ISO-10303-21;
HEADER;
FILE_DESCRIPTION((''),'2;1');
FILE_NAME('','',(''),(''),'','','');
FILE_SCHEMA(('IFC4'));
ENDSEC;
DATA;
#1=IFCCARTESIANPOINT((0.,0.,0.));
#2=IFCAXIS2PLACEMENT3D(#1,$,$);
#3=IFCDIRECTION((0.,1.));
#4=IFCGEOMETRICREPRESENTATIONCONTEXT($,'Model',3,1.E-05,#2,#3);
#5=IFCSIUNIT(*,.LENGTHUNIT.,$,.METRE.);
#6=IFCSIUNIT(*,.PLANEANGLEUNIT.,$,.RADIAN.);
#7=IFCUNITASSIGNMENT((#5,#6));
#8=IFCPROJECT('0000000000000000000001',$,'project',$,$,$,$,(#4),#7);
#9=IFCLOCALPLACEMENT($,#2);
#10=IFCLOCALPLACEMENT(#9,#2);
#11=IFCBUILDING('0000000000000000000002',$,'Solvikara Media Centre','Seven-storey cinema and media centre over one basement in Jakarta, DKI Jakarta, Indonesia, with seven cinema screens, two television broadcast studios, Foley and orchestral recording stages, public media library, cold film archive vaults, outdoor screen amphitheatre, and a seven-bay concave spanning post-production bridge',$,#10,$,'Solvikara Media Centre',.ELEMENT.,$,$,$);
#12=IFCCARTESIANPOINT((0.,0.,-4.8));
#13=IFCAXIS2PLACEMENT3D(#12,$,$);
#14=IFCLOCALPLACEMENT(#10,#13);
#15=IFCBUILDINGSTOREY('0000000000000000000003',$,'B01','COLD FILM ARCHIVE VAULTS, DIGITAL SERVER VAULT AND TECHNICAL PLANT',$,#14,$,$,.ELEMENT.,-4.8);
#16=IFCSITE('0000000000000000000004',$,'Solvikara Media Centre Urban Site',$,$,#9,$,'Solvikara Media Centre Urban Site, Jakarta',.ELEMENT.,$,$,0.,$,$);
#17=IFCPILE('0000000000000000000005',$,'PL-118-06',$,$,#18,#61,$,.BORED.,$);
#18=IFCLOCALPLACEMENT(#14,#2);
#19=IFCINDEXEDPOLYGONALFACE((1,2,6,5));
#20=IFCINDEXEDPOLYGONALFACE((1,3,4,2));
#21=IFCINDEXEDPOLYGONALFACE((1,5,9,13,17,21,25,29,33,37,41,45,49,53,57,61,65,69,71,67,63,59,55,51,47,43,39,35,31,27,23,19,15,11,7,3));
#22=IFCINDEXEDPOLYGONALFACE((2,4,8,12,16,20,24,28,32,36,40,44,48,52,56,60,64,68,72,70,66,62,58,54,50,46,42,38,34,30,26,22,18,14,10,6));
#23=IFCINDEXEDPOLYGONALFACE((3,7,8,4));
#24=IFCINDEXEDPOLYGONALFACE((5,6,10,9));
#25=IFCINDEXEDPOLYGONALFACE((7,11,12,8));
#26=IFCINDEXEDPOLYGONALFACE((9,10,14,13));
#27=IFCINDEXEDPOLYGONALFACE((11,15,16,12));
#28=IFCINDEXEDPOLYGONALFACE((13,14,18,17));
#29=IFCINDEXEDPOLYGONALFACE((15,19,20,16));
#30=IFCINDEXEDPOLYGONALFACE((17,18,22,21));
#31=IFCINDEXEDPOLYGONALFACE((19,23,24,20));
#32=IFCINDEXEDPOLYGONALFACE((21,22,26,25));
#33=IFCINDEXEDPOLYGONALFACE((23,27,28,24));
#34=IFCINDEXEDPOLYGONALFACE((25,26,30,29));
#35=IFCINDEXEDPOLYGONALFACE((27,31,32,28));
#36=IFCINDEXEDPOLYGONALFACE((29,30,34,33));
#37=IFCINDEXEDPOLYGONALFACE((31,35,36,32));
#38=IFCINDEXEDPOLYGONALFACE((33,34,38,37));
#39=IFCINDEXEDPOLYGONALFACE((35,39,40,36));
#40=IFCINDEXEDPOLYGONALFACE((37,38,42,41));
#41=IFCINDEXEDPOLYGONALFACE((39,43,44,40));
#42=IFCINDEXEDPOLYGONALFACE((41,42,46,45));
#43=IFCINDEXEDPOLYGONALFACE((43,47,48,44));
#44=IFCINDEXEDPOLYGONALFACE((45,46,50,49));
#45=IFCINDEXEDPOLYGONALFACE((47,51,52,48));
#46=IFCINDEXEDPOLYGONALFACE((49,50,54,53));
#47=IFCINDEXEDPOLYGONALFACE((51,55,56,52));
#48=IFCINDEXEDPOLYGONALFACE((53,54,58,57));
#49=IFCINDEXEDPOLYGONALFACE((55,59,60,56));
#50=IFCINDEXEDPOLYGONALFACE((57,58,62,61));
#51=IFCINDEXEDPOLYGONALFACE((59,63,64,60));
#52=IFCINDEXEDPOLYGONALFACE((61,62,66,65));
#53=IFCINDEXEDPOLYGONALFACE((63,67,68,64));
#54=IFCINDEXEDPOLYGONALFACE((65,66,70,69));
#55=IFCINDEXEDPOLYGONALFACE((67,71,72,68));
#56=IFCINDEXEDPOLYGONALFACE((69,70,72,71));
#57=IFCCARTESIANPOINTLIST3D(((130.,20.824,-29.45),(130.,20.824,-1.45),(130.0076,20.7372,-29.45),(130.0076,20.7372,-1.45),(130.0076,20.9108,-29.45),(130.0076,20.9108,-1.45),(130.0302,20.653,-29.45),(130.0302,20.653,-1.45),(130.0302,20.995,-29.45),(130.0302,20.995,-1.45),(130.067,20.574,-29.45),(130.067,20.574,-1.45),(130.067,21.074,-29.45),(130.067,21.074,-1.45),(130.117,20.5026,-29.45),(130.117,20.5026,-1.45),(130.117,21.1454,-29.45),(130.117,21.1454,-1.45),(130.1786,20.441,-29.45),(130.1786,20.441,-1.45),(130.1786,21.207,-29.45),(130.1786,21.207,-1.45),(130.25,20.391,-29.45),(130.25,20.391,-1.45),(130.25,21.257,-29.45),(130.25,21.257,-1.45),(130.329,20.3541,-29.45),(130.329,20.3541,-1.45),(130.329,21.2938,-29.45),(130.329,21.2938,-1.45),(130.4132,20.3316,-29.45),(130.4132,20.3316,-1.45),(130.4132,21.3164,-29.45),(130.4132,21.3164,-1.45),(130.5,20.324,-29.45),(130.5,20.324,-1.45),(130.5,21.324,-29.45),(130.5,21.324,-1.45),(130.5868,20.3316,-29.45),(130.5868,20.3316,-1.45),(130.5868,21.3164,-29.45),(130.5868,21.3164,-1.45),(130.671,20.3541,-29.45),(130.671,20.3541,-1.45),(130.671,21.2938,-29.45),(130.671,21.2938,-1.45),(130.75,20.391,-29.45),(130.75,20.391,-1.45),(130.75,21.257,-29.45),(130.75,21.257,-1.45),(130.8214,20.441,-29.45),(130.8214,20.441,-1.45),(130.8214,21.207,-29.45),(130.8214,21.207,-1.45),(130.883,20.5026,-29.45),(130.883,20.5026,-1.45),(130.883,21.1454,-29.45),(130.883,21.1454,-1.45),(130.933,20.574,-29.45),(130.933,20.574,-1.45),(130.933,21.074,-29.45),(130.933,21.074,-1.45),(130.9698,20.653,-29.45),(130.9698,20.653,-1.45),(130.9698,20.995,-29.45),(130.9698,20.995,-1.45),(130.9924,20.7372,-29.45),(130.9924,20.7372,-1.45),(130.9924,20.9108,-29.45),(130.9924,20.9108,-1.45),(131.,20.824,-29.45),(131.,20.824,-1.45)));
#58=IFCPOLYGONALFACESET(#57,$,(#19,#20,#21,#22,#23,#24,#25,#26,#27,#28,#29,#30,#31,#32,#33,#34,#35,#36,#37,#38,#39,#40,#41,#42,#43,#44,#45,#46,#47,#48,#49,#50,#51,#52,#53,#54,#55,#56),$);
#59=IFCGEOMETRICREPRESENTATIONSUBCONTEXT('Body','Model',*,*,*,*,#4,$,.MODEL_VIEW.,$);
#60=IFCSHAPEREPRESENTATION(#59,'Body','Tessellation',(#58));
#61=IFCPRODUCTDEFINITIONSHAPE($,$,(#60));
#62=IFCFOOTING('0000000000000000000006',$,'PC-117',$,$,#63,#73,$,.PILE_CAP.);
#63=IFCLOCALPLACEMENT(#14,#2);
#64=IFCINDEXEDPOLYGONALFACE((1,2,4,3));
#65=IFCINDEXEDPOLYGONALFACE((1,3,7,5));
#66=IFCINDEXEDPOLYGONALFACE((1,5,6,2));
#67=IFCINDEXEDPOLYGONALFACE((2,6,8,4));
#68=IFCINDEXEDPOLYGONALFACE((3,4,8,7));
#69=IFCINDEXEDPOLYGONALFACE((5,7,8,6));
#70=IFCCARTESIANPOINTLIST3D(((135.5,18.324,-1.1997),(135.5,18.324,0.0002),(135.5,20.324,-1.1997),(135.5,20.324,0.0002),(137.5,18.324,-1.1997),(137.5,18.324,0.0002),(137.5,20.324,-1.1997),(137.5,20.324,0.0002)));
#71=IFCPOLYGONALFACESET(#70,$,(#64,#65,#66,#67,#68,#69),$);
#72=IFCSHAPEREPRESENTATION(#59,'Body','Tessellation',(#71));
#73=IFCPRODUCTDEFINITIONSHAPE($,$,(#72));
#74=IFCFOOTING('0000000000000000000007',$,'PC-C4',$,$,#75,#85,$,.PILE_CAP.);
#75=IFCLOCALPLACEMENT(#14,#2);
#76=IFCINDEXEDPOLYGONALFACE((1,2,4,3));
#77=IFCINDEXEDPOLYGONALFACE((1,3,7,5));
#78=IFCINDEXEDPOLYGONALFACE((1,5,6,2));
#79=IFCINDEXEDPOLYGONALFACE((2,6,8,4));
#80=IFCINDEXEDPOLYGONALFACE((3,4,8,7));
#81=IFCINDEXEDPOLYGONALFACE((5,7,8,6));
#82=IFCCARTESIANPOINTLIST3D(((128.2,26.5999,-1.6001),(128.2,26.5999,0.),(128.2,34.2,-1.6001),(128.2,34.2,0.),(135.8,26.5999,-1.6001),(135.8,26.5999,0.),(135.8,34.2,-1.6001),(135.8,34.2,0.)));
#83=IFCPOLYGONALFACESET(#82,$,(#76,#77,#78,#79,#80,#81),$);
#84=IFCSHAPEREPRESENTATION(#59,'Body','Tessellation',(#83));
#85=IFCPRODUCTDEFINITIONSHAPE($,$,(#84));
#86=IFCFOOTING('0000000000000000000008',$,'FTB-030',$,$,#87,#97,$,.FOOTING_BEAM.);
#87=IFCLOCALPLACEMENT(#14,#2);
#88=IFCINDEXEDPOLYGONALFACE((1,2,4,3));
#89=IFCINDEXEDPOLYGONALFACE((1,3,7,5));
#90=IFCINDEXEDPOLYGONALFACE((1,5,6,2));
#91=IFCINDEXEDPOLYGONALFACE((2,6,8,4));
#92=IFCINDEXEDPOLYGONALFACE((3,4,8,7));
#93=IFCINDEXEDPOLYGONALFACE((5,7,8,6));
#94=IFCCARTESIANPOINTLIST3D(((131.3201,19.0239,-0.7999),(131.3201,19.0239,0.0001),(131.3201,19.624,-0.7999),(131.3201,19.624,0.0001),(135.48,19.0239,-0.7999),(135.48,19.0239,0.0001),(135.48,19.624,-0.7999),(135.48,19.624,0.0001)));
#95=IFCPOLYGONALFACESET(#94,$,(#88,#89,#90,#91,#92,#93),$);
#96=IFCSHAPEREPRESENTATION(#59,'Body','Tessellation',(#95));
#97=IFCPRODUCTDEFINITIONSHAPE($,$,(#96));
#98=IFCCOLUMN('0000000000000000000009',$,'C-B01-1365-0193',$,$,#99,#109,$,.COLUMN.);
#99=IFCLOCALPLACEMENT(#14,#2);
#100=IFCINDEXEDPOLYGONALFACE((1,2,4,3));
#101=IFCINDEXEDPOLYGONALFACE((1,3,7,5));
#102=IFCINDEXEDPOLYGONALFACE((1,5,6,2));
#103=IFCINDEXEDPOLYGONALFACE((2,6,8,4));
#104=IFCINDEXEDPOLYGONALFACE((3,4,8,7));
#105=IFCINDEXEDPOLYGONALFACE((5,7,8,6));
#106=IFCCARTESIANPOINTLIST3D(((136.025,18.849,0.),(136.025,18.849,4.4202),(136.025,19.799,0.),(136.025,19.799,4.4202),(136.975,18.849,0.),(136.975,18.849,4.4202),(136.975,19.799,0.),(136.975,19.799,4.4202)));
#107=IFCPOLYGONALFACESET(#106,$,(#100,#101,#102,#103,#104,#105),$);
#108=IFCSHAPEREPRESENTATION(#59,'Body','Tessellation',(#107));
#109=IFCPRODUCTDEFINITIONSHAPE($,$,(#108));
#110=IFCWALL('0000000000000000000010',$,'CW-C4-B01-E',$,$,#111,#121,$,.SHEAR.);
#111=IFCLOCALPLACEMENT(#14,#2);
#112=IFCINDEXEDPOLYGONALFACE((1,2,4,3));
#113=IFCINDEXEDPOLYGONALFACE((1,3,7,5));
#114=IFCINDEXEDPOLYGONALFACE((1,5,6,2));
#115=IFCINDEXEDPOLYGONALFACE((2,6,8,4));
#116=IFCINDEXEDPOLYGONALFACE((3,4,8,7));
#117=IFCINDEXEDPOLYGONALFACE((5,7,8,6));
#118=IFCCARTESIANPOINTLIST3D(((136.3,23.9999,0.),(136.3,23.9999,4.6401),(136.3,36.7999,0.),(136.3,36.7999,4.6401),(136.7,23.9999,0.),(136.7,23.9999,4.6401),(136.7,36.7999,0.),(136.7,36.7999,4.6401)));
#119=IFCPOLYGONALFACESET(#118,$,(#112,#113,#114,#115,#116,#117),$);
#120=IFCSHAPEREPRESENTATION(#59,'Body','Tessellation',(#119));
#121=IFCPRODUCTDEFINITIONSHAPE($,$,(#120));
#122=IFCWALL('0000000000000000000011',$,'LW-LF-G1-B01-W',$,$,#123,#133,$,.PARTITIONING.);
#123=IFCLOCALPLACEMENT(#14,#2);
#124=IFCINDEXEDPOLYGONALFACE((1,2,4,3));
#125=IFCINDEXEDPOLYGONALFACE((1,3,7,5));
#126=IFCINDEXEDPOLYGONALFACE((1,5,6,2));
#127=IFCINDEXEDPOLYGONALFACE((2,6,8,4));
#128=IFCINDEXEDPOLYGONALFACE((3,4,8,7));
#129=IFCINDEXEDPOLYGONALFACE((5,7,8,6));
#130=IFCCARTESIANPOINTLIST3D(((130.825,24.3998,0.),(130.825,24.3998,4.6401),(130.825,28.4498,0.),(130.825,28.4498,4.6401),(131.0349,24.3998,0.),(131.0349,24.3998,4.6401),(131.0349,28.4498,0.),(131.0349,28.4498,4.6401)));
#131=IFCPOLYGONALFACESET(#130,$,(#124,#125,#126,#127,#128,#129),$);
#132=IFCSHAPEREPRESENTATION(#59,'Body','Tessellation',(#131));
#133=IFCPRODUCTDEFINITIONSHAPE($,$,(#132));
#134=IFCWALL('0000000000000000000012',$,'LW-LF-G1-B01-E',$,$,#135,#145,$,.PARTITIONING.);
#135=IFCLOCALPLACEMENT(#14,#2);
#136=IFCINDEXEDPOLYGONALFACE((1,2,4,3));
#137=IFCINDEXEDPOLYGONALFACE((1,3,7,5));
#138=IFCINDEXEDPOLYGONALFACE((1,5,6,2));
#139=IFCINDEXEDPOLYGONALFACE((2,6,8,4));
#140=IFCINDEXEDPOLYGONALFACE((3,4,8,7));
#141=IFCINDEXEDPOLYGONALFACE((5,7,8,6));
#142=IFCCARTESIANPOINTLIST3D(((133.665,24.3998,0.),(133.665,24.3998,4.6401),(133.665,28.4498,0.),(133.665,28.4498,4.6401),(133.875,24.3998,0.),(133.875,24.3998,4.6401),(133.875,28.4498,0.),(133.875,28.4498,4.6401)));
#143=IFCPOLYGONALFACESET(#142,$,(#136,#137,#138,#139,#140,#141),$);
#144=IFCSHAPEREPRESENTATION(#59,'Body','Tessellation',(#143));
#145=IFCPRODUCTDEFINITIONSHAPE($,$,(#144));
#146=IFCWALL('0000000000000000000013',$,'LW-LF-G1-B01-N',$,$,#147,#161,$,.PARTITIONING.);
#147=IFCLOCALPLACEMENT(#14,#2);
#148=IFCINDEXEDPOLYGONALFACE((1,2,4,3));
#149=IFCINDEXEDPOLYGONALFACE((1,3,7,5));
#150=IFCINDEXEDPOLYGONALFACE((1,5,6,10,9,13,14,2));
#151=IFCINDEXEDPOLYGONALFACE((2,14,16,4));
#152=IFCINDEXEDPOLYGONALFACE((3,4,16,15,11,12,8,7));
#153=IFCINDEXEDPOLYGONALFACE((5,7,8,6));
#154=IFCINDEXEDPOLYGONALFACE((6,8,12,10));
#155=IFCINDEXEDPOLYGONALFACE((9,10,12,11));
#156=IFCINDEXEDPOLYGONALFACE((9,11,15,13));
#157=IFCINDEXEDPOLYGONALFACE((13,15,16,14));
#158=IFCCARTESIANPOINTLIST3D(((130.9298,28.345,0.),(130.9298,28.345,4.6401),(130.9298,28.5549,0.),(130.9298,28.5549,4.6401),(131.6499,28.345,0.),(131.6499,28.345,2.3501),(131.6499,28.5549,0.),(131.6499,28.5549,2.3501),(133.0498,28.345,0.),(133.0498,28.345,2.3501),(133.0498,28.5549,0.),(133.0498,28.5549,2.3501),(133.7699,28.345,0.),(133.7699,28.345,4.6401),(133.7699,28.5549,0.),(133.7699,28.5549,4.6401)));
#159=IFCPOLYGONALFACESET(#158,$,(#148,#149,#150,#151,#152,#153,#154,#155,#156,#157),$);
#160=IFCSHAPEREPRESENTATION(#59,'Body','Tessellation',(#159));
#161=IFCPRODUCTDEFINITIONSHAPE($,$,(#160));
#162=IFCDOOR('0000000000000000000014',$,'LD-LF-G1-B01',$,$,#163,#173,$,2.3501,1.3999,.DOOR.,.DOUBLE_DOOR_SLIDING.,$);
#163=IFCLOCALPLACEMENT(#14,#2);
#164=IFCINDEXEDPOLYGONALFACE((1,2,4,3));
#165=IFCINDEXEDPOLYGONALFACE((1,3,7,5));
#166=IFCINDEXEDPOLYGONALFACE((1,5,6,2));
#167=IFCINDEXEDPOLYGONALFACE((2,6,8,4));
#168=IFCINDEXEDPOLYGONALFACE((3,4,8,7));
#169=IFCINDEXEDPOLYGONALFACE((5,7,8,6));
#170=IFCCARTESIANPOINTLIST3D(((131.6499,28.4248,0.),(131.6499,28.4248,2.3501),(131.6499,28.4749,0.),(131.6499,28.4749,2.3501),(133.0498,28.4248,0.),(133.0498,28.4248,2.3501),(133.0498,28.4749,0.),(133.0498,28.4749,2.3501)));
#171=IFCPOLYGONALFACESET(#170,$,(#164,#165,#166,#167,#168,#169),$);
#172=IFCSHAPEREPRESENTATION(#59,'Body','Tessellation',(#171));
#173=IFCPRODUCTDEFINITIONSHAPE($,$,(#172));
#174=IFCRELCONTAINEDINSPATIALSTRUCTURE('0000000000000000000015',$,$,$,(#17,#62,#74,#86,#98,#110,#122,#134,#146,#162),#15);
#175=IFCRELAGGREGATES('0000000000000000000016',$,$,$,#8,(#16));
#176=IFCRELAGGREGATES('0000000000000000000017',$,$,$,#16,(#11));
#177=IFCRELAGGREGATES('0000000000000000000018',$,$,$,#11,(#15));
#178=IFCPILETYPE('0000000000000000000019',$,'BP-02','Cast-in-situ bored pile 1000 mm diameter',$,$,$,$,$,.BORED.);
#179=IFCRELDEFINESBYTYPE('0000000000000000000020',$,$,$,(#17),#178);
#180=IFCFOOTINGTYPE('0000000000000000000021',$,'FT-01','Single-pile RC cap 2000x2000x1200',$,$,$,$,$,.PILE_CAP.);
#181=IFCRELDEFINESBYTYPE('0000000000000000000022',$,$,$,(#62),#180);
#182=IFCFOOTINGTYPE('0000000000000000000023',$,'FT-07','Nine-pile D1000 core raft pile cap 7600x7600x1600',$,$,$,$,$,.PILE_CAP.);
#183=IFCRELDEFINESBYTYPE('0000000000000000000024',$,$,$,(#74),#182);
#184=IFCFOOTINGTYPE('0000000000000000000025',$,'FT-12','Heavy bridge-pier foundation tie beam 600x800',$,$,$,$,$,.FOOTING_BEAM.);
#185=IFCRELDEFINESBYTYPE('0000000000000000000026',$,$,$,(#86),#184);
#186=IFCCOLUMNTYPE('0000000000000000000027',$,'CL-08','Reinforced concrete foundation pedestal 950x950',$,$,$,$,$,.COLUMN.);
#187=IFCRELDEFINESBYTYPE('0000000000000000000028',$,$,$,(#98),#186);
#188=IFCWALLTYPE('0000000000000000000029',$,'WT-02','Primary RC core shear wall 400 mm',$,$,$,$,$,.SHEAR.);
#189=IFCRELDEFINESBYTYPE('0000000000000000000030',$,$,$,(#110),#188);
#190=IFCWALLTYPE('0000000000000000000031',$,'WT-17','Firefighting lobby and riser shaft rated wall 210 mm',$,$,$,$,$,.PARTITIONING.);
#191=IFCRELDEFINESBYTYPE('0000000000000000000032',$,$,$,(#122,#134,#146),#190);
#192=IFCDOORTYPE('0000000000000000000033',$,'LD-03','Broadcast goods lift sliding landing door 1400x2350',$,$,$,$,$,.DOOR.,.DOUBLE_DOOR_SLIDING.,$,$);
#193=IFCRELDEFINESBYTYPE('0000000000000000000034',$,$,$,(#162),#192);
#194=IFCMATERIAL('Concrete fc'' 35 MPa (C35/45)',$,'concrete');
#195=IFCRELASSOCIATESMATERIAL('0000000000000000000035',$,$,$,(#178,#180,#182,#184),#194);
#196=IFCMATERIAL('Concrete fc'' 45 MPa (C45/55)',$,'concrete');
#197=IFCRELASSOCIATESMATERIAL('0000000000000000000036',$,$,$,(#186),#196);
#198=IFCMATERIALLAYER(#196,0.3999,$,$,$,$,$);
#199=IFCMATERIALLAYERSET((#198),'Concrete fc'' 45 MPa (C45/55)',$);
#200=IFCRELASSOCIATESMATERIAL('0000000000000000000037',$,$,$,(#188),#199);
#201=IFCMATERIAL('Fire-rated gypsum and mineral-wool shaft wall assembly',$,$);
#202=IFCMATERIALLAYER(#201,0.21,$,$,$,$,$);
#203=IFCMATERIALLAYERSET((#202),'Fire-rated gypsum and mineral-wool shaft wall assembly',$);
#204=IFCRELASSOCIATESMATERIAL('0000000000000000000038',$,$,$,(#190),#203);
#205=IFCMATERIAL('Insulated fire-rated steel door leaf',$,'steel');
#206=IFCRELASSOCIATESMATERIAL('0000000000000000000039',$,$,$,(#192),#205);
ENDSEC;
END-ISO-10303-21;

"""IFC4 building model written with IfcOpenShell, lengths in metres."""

from ifc_helpers import new_model, si_unit, direction, frame, frame_2d, origin, origin_2d, place, context, subcontext, project, spatial, rectangle, circle, extrude, material, layer, layer_set, material_profile, profile_set, type_object, element, fill, save


model = new_model("IFC4")

# Units and contexts
model_context = context("Model", 3, precision=1e-05, world=origin(), true_north=direction((0.0, 1.0)))
body_context = subcontext(model_context, "Body", "Model", "MODEL_VIEW")
ifc_project = project(units=[si_unit("LENGTHUNIT", "METRE"), si_unit("PLANEANGLEUNIT", "RADIAN")], contexts=[model_context])

# Site, building, storey
site_placement = place(None, origin())
site = spatial("IfcSite", under=ifc_project, at=site_placement, Name="Solvikara Media Centre Urban Site", LongName="Solvikara Media Centre Urban Site, Jakarta", CompositionType="ELEMENT", RefElevation=0.0)
building_placement = place(site_placement, origin())
building = spatial("IfcBuilding", under=site, at=building_placement, Name="Solvikara Media Centre", Description="Seven-storey cinema and media centre over one basement in Jakarta, DKI Jakarta, Indonesia, with seven cinema screens, two television broadcast studios, Foley and orchestral recording stages, public media library, cold film archive vaults, outdoor screen amphitheatre, and a seven-bay concave spanning post-production bridge", LongName="Solvikara Media Centre", CompositionType="ELEMENT")
storey_placement = place(building_placement, frame((0.0, 0.0, -4.8)))
storey = spatial("IfcBuildingStorey", under=building, at=storey_placement, Name="B01", Description="COLD FILM ARCHIVE VAULTS, DIGITAL SERVER VAULT AND TECHNICAL PLANT", CompositionType="ELEMENT", Elevation=-4.8)

# Pile
ifc_material_1 = material(Name="Concrete fc' 35 MPa (C35/45)", Category="concrete")
ifc_material_profile_1 = material_profile(ifc_material_1, circle(Radius=0.5, at=origin_2d()), Name="BORED PILE D1000")
ifc_profile_set_1 = profile_set([ifc_material_profile_1], Name="Concrete fc' 35 MPa (C35/45)")
pile_type_1 = type_object("IfcPileType", Name="BP-02", Description="Cast-in-situ bored pile 1000 mm diameter", PredefinedType="BORED", material=ifc_profile_set_1)
for number, where, z_axis, x_axis, name in (
    (1, (130.5, 20.824, -1.45), (0.0, 0.0, -1.0), (1.0, 0.0, 0.0), "PL-118-06"),
):
    element("IfcPile", number, at=place(storey_placement, frame(where, z_axis=z_axis, x_axis=x_axis)), inside=storey, type_object=pile_type_1, Name=name, PredefinedType="BORED", context=body_context, shape_type="SweptSolid", body=[
        extrude(circle(Radius=0.5, at=origin_2d()), origin(), (0.0, 0.0, 1.0), 28.0),
    ])

# Footings
footing_type_1 = type_object("IfcFootingType", Name="FT-01", Description="Single-pile RC cap 2000x2000x1200", PredefinedType="PILE_CAP", material=ifc_material_1)
footing_1_placement = place(storey_placement, frame((136.5, 19.324, -1.1997), z_axis=(0.0, 0.0, 1.0), x_axis=(1.0, 0.0, 0.0)))
element("IfcFooting", 2, at=footing_1_placement, inside=storey, type_object=footing_type_1, Name="PC-117", PredefinedType="PILE_CAP", context=body_context, shape_type="SweptSolid", body=[
    extrude(rectangle(XDim=2.0, YDim=2.0, at=origin_2d()), origin(), (0.0, 0.0, 1.0), 1.2),
])
footing_type_2 = type_object("IfcFootingType", Name="FT-07", Description="Nine-pile D1000 core raft pile cap 7600x7600x1600", PredefinedType="PILE_CAP", material=ifc_material_1)
footing_2_placement = place(storey_placement, frame((132.0, 30.3999, -1.6001), z_axis=(0.0, 0.0, 1.0), x_axis=(1.0, 0.0, 0.0)))
element("IfcFooting", 3, at=footing_2_placement, inside=storey, type_object=footing_type_2, Name="PC-C4", PredefinedType="PILE_CAP", context=body_context, shape_type="SweptSolid", body=[
    extrude(rectangle(XDim=7.6001, YDim=7.6001, at=origin_2d()), origin(), (0.0, 0.0, 1.0), 1.6001),
])
ifc_material_profile_2 = material_profile(ifc_material_1, rectangle(XDim=0.6001, YDim=0.8, at=origin_2d()), Name="RC 600x800")
ifc_profile_set_2 = profile_set([ifc_material_profile_2], Name="Concrete fc' 35 MPa (C35/45)")
footing_type_3 = type_object("IfcFootingType", Name="FT-12", Description="Heavy bridge-pier foundation tie beam 600x800", PredefinedType="FOOTING_BEAM", material=ifc_profile_set_2)
footing_3_placement = place(storey_placement, frame((131.3201, 19.324, -0.3999), z_axis=(1.0, 0.0, 0.0), x_axis=(0.0, 1.0, 0.0)))
element("IfcFooting", 4, at=footing_3_placement, inside=storey, type_object=footing_type_3, Name="FTB-030", PredefinedType="FOOTING_BEAM", context=body_context, shape_type="SweptSolid", body=[
    extrude(rectangle(XDim=0.6001, YDim=0.8, at=origin_2d()), origin(), (0.0, 0.0, 1.0), 4.1599),
])

# Column
ifc_material_2 = material(Name="Concrete fc' 45 MPa (C45/55)", Category="concrete")
ifc_material_profile_3 = material_profile(ifc_material_2, rectangle(XDim=0.95, YDim=0.95, at=origin_2d()), Name="RC 950x950")
ifc_profile_set_3 = profile_set([ifc_material_profile_3], Name="Concrete fc' 45 MPa (C45/55)")
column_type = type_object("IfcColumnType", Name="CL-08", Description="Reinforced concrete foundation pedestal 950x950", PredefinedType="COLUMN", material=ifc_profile_set_3)
column_placement = place(storey_placement, frame((136.5, 19.324, 0.0), z_axis=(0.0, 0.0, 1.0), x_axis=(1.0, 0.0, 0.0)))
element("IfcColumn", 5, at=column_placement, inside=storey, type_object=column_type, Name="C-B01-1365-0193", PredefinedType="COLUMN", context=body_context, shape_type="SweptSolid", body=[
    extrude(rectangle(XDim=0.95, YDim=0.95, at=origin_2d()), origin(), (0.0, 0.0, 1.0), 4.4202),
])

# Walls
ifc_layer_1 = layer(ifc_material_2, 0.3999)
ifc_layer_set_1 = layer_set([ifc_layer_1], Name="Concrete fc' 45 MPa (C45/55)")
wall_type_1 = type_object("IfcWallType", Name="WT-02", Description="Primary RC core shear wall 400 mm", PredefinedType="SHEAR", material=ifc_layer_set_1)
wall_1_placement = place(storey_placement, frame((136.5, 24.0, 0.0), z_axis=(0.0, 0.0, 1.0), x_axis=(0.0, 1.0, 0.0)))
element("IfcWall", 6, at=wall_1_placement, inside=storey, type_object=wall_type_1, Name="CW-C4-B01-E", PredefinedType="SHEAR", context=body_context, shape_type="SweptSolid", body=[
    extrude(rectangle(XDim=12.8, YDim=0.3999, at=frame_2d((6.3999, 0.0))), origin(), (0.0, 0.0, 1.0), 4.6401),
])
ifc_material_3 = material(Name="Fire-rated gypsum and mineral-wool shaft wall assembly")
ifc_layer_2 = layer(ifc_material_3, 0.21)
ifc_layer_set_2 = layer_set([ifc_layer_2], Name="Fire-rated gypsum and mineral-wool shaft wall assembly")
wall_type_2 = type_object("IfcWallType", Name="WT-17", Description="Firefighting lobby and riser shaft rated wall 210 mm", PredefinedType="PARTITIONING", material=ifc_layer_set_2)
for number, where, z_axis, x_axis, name in (
    (7, (130.9299, 24.3999, 0.0), (0.0, 0.0, 1.0), (0.0, 1.0, 0.0), "LW-LF-G1-B01-W"),
    (8, (133.77, 24.3999, 0.0), (0.0, 0.0, 1.0), (0.0, 1.0, 0.0), "LW-LF-G1-B01-E"),
):
    element("IfcWall", number, at=place(storey_placement, frame(where, z_axis=z_axis, x_axis=x_axis)), inside=storey, type_object=wall_type_2, Name=name, PredefinedType="PARTITIONING", context=body_context, shape_type="SweptSolid", body=[
        extrude(rectangle(XDim=4.05, YDim=0.21, at=frame_2d((2.0249, 0.0))), origin(), (0.0, 0.0, 1.0), 4.6401),
    ])

# Wall, opening, door
wall_2_placement = place(storey_placement, frame((130.9299, 28.45, 0.0), z_axis=(0.0, 0.0, 1.0), x_axis=(1.0, 0.0, 0.0)))
wall_2 = element("IfcWall", 9, at=wall_2_placement, inside=storey, type_object=wall_type_2, Name="LW-LF-G1-B01-N", PredefinedType="PARTITIONING", context=body_context, shape_type="SweptSolid", body=[
    extrude(rectangle(XDim=2.8401, YDim=0.21, at=frame_2d((1.4199, 0.0))), origin(), (0.0, 0.0, 1.0), 4.6401),
])
opening_1_placement = place(wall_2_placement, frame((0.72, 0.0, 0.0)))
opening_1 = element("IfcOpeningElement", 10, at=opening_1_placement, cuts=wall_2, PredefinedType="OPENING", context=body_context, shape_type="SweptSolid", body=[
    extrude(rectangle(XDim=1.3999, YDim=2.3501, at=frame_2d((0.7, 1.175))), frame((0.0, 0.1169, 0.0), z_axis=(0.0, -1.0, 0.0), x_axis=(1.0, 0.0, 0.0)), (0.0, 0.0, 1.0), 0.2339),
])
ifc_material_4 = material(Name="Insulated fire-rated steel door leaf", Category="steel")
door_type_1 = type_object("IfcDoorType", Name="LD-03", Description="Broadcast goods lift sliding landing door 1400x2350", OperationType="DOUBLE_DOOR_SLIDING", PredefinedType="DOOR", material=ifc_material_4)
door_1_placement = place(opening_1_placement, origin())
door_1 = element("IfcDoor", 11, at=door_1_placement, inside=storey, type_object=door_type_1, Name="LD-LF-G1-B01", OperationType="DOUBLE_DOOR_SLIDING", OverallHeight=2.3501, OverallWidth=1.3999, PredefinedType="DOOR", context=body_context, shape_type="SweptSolid", body=[
    extrude(rectangle(XDim=1.3999, YDim=2.3501, at=frame_2d((0.7, 1.175))), frame((0.0, 0.0249, 0.0), z_axis=(0.0, -1.0, 0.0), x_axis=(1.0, 0.0, 0.0)), (0.0, 0.0, 1.0), 0.05),
])
fill(opening_1, door_1)

save(model, "model.ifc")
